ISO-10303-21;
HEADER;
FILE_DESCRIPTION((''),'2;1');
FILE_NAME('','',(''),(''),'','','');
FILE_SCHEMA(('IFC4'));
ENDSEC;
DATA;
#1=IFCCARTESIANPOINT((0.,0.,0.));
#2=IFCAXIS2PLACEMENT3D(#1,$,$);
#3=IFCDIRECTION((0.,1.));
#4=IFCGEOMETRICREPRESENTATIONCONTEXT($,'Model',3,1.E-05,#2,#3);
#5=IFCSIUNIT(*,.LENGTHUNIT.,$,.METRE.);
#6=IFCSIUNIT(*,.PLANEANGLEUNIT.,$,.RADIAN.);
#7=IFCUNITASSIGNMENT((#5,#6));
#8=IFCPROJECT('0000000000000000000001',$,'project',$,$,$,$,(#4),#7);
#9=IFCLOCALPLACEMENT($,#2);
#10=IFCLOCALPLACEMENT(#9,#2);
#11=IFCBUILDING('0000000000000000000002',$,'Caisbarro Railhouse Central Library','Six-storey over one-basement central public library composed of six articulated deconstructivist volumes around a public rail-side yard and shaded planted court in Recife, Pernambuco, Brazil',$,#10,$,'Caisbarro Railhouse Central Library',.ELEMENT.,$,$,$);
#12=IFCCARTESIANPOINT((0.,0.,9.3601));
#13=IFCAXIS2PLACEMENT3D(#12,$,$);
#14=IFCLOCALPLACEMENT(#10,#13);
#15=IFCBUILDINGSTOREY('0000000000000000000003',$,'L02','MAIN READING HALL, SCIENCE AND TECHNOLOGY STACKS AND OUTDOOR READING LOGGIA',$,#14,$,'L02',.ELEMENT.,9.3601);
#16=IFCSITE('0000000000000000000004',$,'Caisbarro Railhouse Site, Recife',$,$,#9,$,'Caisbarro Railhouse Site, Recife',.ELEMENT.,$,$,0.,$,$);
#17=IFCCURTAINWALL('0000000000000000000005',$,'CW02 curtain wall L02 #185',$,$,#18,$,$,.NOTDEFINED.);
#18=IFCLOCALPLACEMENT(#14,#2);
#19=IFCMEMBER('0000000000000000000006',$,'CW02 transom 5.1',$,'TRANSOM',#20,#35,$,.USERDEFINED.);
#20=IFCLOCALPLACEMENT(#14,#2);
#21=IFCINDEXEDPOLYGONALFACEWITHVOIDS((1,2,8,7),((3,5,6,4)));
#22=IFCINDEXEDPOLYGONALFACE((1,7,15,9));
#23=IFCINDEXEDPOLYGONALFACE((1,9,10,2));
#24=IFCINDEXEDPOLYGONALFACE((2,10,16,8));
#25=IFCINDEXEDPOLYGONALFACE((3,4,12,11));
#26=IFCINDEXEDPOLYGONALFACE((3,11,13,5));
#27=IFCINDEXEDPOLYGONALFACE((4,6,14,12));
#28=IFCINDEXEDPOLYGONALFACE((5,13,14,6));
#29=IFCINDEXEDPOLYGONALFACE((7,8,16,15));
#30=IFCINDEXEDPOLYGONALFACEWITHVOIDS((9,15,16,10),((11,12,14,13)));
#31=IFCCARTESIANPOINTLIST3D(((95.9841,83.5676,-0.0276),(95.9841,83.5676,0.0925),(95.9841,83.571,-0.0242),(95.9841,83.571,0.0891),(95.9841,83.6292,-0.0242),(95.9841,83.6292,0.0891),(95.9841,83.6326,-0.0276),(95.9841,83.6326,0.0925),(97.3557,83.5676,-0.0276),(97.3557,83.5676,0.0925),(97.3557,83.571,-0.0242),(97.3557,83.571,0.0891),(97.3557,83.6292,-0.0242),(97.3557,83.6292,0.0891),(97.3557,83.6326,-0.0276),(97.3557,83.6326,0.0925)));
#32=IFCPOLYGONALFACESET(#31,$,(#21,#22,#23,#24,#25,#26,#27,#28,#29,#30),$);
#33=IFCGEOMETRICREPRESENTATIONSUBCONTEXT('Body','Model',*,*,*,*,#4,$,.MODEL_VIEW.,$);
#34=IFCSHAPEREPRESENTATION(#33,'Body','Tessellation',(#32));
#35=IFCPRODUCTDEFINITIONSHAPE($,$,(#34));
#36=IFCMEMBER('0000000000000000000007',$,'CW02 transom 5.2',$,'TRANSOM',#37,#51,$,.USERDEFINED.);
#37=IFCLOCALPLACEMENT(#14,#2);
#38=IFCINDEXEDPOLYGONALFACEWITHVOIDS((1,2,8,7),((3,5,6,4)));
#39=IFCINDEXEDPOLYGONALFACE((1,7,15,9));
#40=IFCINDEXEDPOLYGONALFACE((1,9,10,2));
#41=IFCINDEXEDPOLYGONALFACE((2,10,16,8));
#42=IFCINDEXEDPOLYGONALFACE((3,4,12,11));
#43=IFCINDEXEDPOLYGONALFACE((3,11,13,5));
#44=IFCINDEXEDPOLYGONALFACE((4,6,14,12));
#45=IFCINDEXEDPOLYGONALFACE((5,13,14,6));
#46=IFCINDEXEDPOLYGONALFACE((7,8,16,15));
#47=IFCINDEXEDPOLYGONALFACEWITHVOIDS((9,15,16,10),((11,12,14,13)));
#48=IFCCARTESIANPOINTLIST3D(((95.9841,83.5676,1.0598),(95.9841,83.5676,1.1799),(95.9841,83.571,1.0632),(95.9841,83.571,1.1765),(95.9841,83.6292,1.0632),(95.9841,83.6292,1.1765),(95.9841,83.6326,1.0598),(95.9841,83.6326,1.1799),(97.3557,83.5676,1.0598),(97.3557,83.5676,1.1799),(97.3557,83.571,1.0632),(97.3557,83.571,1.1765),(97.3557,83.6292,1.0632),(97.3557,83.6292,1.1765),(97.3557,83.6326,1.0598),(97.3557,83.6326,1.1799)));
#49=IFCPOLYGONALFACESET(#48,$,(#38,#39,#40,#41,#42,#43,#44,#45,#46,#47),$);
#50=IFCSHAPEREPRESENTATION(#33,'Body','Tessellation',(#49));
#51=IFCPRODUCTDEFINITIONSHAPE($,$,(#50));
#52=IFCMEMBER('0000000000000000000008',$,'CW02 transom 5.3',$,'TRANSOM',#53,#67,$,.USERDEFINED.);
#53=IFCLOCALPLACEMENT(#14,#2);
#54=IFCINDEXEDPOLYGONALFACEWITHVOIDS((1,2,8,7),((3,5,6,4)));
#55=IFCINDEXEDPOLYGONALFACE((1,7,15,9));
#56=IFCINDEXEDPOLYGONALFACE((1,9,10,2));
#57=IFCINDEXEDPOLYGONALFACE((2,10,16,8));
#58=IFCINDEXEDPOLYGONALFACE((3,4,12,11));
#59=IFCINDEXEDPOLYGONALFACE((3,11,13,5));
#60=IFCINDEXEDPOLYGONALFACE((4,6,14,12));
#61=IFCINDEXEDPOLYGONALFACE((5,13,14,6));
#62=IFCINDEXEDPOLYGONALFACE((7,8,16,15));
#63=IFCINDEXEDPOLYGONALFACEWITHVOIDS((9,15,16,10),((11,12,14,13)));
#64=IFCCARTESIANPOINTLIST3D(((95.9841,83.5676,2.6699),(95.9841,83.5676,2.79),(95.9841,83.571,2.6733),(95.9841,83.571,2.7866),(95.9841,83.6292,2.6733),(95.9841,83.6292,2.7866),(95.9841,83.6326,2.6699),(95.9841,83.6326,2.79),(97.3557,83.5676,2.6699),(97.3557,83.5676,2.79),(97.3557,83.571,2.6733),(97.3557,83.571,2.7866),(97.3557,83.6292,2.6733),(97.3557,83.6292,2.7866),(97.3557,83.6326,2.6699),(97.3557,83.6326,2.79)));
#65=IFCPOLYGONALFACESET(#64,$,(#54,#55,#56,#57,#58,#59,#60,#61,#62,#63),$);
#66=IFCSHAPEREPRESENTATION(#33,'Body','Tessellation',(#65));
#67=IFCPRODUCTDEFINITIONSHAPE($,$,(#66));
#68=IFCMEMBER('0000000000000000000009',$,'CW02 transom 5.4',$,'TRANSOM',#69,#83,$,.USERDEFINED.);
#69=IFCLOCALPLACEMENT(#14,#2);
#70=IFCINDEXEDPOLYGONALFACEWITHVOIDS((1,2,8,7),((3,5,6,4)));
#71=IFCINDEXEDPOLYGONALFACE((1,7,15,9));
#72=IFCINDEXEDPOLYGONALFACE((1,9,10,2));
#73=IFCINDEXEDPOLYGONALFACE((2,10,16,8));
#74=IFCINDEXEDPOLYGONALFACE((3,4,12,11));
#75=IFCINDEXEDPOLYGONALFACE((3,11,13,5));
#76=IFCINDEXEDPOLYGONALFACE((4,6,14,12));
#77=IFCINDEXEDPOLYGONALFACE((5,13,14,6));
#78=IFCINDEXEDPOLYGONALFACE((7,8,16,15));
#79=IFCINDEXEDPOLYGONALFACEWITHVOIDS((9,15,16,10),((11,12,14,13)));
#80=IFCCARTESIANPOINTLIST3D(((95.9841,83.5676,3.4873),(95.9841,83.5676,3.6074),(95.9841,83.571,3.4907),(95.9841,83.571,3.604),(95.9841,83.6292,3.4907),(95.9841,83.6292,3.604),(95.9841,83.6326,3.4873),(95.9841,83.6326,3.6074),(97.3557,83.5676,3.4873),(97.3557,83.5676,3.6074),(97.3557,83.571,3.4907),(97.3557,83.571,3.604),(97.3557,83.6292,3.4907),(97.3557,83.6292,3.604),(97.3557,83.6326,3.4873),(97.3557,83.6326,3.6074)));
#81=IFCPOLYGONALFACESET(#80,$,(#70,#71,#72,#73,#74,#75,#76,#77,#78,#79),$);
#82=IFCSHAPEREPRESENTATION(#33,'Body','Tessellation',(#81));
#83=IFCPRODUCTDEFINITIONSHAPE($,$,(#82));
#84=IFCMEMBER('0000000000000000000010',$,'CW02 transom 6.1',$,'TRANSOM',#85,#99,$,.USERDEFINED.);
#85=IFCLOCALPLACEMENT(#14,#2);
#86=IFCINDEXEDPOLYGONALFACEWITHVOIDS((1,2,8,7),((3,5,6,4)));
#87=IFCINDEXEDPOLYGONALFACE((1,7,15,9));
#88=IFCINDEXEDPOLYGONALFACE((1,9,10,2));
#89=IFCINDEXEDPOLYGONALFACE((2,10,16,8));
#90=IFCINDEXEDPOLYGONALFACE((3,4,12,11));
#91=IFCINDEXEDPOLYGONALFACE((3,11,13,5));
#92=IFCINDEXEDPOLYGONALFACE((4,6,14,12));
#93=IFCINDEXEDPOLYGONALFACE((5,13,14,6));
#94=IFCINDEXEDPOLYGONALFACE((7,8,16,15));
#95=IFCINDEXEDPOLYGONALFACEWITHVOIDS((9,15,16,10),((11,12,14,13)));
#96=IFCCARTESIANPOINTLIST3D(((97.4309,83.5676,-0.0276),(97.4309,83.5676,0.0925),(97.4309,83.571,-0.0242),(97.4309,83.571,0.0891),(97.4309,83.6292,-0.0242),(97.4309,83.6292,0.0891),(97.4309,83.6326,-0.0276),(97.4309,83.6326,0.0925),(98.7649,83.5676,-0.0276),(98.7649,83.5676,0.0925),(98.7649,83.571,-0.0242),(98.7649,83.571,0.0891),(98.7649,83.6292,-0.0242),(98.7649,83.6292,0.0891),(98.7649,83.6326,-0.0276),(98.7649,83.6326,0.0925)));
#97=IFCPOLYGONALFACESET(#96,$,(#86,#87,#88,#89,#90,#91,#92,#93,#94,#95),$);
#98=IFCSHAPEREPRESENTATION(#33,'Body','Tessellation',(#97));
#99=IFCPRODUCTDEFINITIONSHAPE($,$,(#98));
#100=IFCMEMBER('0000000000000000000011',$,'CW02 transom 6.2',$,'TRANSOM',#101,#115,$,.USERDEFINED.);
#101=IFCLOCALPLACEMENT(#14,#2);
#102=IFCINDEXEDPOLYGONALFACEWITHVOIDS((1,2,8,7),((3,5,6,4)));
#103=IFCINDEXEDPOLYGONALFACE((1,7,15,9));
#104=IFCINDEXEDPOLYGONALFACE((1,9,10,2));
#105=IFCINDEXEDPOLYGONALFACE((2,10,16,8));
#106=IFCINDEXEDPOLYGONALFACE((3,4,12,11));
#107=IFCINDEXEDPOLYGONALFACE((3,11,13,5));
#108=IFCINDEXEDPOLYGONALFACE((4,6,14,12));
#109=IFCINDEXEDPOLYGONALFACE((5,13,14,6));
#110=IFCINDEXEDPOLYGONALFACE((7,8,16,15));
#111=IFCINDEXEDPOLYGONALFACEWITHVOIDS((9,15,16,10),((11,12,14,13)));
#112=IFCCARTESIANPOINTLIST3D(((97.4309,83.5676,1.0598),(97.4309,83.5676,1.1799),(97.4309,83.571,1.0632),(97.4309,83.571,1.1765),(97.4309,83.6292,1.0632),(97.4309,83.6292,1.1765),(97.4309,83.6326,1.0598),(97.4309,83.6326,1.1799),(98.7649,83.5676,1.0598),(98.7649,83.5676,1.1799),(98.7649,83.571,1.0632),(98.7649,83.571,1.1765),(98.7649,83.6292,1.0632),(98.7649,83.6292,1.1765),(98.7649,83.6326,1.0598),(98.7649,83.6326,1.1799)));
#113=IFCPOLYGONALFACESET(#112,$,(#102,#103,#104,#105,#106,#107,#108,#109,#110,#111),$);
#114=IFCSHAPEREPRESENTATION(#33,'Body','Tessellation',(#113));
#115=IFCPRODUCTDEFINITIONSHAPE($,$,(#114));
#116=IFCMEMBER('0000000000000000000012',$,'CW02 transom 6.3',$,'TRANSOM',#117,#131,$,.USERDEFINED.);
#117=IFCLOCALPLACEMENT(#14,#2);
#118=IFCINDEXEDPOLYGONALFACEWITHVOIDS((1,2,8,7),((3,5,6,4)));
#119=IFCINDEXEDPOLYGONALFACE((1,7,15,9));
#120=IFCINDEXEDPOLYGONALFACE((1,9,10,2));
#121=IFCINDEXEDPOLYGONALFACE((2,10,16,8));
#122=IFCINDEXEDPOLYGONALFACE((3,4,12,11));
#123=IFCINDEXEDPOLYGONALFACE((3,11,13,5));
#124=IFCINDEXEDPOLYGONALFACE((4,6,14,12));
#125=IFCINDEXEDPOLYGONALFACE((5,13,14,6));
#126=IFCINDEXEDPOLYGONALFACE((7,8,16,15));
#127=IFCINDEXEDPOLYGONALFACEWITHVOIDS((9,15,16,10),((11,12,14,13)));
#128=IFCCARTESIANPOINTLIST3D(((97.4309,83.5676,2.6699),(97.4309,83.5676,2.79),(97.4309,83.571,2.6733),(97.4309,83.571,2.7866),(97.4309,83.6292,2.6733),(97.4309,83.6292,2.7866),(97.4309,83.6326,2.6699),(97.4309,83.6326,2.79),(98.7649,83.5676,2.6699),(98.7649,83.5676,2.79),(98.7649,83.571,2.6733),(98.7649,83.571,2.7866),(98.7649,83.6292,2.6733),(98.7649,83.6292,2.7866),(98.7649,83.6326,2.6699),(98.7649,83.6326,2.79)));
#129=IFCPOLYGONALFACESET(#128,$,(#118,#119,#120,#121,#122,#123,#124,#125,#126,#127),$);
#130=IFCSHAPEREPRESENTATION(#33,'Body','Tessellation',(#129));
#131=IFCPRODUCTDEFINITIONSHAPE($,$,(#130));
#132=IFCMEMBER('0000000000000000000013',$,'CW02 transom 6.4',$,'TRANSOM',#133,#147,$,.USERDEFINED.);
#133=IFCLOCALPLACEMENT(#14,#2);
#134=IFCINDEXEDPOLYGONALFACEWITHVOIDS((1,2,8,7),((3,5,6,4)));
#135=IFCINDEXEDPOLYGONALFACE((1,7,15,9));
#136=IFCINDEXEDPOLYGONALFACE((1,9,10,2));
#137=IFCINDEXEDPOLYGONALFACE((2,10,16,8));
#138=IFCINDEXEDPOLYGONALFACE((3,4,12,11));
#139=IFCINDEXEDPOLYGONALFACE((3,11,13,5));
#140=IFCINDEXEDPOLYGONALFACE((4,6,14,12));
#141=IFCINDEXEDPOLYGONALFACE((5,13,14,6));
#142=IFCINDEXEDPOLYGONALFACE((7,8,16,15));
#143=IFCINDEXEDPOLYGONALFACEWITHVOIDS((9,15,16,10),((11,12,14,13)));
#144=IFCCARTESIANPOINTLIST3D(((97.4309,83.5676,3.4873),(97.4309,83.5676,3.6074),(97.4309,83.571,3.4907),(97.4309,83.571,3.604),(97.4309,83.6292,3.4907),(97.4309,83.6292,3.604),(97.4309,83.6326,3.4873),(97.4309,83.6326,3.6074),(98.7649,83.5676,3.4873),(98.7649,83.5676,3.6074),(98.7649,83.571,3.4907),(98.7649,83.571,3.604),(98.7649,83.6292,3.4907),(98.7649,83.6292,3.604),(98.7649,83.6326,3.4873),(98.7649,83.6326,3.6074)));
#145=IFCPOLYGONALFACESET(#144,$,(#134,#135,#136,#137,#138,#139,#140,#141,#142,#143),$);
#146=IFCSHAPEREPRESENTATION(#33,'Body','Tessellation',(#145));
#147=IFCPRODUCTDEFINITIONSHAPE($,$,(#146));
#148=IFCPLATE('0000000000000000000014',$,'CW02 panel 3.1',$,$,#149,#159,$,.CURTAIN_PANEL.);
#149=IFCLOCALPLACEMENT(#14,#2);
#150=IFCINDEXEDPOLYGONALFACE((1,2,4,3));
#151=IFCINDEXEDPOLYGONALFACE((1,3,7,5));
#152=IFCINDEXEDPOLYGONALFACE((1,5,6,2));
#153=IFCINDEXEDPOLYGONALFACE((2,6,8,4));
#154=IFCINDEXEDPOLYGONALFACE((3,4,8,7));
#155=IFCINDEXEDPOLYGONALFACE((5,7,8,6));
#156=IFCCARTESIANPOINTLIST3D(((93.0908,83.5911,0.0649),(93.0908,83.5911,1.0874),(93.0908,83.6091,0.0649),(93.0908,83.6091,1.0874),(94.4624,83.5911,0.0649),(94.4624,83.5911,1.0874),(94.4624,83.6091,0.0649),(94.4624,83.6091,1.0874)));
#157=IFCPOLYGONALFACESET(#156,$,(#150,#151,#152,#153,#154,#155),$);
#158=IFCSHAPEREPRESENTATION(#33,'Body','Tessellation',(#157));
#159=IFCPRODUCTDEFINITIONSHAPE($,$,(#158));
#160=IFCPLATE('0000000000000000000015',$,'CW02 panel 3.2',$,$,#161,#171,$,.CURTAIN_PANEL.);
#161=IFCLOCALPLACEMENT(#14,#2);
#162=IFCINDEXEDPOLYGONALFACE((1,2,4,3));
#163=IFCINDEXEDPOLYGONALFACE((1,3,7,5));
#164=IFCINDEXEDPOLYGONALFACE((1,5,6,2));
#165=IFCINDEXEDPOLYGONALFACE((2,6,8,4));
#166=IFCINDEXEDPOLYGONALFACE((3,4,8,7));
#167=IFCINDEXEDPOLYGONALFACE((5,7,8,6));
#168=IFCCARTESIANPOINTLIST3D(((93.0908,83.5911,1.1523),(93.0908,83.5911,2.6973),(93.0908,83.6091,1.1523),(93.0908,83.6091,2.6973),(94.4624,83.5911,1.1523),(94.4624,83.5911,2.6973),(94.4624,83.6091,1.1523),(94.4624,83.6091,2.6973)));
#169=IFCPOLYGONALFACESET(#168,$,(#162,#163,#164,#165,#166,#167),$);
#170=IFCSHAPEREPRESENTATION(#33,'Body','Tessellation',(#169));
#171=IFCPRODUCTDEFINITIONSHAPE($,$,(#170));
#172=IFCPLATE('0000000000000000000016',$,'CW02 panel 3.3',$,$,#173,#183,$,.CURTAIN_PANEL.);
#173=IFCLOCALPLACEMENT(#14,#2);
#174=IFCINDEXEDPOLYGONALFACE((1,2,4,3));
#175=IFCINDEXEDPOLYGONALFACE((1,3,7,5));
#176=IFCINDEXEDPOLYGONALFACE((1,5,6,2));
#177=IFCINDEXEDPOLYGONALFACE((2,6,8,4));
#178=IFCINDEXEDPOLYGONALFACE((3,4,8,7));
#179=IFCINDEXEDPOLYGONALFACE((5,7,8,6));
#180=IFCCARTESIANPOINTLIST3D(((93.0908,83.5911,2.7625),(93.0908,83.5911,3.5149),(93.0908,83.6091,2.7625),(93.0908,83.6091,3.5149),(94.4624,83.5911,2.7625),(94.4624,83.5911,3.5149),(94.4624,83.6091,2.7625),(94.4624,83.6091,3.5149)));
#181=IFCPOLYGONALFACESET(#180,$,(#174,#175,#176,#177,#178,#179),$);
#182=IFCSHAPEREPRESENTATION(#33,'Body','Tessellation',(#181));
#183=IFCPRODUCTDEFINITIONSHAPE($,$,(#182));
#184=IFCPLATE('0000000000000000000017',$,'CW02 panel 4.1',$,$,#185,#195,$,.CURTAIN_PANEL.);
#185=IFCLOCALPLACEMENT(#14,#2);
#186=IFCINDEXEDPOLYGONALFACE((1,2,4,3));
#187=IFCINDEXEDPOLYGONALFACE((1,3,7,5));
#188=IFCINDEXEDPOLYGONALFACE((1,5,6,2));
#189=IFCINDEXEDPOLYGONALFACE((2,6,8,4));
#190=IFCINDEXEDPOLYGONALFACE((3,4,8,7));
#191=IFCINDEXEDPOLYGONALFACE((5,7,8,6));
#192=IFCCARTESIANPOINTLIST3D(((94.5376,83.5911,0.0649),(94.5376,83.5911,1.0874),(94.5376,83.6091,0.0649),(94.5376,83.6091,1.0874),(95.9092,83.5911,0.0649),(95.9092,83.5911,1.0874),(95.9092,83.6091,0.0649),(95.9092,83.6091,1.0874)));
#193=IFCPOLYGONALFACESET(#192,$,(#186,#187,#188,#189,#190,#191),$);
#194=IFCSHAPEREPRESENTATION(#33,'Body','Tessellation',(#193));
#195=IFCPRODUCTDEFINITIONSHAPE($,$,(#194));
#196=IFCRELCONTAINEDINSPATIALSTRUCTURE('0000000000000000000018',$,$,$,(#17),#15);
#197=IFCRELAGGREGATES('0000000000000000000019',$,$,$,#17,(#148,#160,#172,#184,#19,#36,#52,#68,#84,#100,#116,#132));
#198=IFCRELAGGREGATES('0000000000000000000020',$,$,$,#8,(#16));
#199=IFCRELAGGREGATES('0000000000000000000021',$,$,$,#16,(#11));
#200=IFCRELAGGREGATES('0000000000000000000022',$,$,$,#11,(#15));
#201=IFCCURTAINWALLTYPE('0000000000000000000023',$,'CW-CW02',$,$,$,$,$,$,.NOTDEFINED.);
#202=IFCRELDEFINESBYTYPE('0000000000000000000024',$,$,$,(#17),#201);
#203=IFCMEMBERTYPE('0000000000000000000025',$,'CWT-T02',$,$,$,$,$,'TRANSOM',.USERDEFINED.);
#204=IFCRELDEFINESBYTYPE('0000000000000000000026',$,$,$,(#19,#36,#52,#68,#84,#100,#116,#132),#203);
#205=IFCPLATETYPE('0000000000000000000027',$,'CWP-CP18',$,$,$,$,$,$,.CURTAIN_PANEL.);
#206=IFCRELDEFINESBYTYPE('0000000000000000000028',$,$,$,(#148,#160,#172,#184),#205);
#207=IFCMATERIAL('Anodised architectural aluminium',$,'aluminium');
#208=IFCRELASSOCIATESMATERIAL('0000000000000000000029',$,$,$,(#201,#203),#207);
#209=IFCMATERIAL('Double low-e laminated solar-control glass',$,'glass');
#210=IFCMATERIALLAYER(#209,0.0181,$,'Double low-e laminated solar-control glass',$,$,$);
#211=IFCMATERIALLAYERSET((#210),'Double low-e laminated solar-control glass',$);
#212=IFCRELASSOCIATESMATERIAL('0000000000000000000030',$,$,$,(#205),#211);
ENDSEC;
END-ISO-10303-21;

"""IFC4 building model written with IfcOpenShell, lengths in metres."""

from ifc_helpers import new_model, si_unit, direction, frame, origin, origin_2d, place, context, subcontext, project, spatial, rectangle, hollow_rectangle, extrude, material, layer, layer_set, material_profile, profile_set, type_object, element, aggregate, save


model = new_model("IFC4")

# Units and contexts
model_context = context("Model", 3, precision=1e-05, world=origin(), true_north=direction((0.0, 1.0)))
body_context = subcontext(model_context, "Body", "Model", "MODEL_VIEW")
ifc_project = project(units=[si_unit("LENGTHUNIT", "METRE"), si_unit("PLANEANGLEUNIT", "RADIAN")], contexts=[model_context])

# Site, building, storey
site_placement = place(None, origin())
site = spatial("IfcSite", under=ifc_project, at=site_placement, Name="Caisbarro Railhouse Site, Recife", LongName="Caisbarro Railhouse Site, Recife", CompositionType="ELEMENT", RefElevation=0.0)
building_placement = place(site_placement, origin())
building = spatial("IfcBuilding", under=site, at=building_placement, Name="Caisbarro Railhouse Central Library", Description="Six-storey over one-basement central public library composed of six articulated deconstructivist volumes around a public rail-side yard and shaded planted court in Recife, Pernambuco, Brazil", LongName="Caisbarro Railhouse Central Library", CompositionType="ELEMENT")
storey_placement = place(building_placement, frame((0.0, 0.0, 9.3601)))
storey = spatial("IfcBuildingStorey", under=building, at=storey_placement, Name="L02", Description="MAIN READING HALL, SCIENCE AND TECHNOLOGY STACKS AND OUTDOOR READING LOGGIA", LongName="L02", CompositionType="ELEMENT", Elevation=9.3601)

# Curtain wall, members, plates
ifc_material_1 = material(Name="Anodised architectural aluminium", Category="aluminium")
curtain_wall_type = type_object("IfcCurtainWallType", Name="CW-CW02", PredefinedType="NOTDEFINED", material=ifc_material_1)
curtain_wall_placement = place(storey_placement, origin())
curtain_wall = element("IfcCurtainWall", 1, at=curtain_wall_placement, inside=storey, type_object=curtain_wall_type, Name="CW02 curtain wall L02 #185", PredefinedType="NOTDEFINED")
ifc_material_profile_1 = material_profile(ifc_material_1, hollow_rectangle(XDim=0.0649, YDim=0.1201, WallThickness=0.0034, at=origin_2d()), Name="ALU-TRN-65X120")
ifc_profile_set_1 = profile_set([ifc_material_profile_1], Name="Anodised architectural aluminium")
member_type_1 = type_object("IfcMemberType", Name="CWT-T02", ElementType="TRANSOM", PredefinedType="USERDEFINED", material=ifc_profile_set_1)
member_1_placement = place(storey_placement, frame((95.9841, 83.6001, 0.0325), z_axis=(1.0, 0.0, 0.0), x_axis=(0.0, 1.0, 0.0)))
member_1 = element("IfcMember", 2, at=member_1_placement, type_object=member_type_1, Name="CW02 transom 5.1", ObjectType="TRANSOM", PredefinedType="USERDEFINED", context=body_context, shape_type="SweptSolid", body=[
    extrude(hollow_rectangle(XDim=0.0649, YDim=0.1201, WallThickness=0.0034, at=origin_2d()), origin(), (0.0, 0.0, 1.0), 1.3716),
])
member_2_placement = place(storey_placement, frame((95.9841, 83.6001, 1.1199), z_axis=(1.0, 0.0, 0.0), x_axis=(0.0, 1.0, 0.0)))
member_2 = element("IfcMember", 3, at=member_2_placement, type_object=member_type_1, Name="CW02 transom 5.2", ObjectType="TRANSOM", PredefinedType="USERDEFINED", context=body_context, shape_type="SweptSolid", body=[
    extrude(hollow_rectangle(XDim=0.0649, YDim=0.1201, WallThickness=0.0034, at=origin_2d()), origin(), (0.0, 0.0, 1.0), 1.3716),
])
member_3_placement = place(storey_placement, frame((95.9841, 83.6001, 2.73), z_axis=(1.0, 0.0, 0.0), x_axis=(0.0, 1.0, 0.0)))
member_3 = element("IfcMember", 4, at=member_3_placement, type_object=member_type_1, Name="CW02 transom 5.3", ObjectType="TRANSOM", PredefinedType="USERDEFINED", context=body_context, shape_type="SweptSolid", body=[
    extrude(hollow_rectangle(XDim=0.0649, YDim=0.1201, WallThickness=0.0034, at=origin_2d()), origin(), (0.0, 0.0, 1.0), 1.3716),
])
member_4_placement = place(storey_placement, frame((95.9841, 83.6001, 3.5474), z_axis=(1.0, 0.0, 0.0), x_axis=(0.0, 1.0, 0.0)))
member_4 = element("IfcMember", 5, at=member_4_placement, type_object=member_type_1, Name="CW02 transom 5.4", ObjectType="TRANSOM", PredefinedType="USERDEFINED", context=body_context, shape_type="SweptSolid", body=[
    extrude(hollow_rectangle(XDim=0.0649, YDim=0.1201, WallThickness=0.0034, at=origin_2d()), origin(), (0.0, 0.0, 1.0), 1.3716),
])
member_5_placement = place(storey_placement, frame((97.4309, 83.6001, 0.0325), z_axis=(1.0, 0.0, 0.0), x_axis=(0.0, 1.0, 0.0)))
member_5 = element("IfcMember", 6, at=member_5_placement, type_object=member_type_1, Name="CW02 transom 6.1", ObjectType="TRANSOM", PredefinedType="USERDEFINED", context=body_context, shape_type="SweptSolid", body=[
    extrude(hollow_rectangle(XDim=0.0649, YDim=0.1201, WallThickness=0.0034, at=origin_2d()), origin(), (0.0, 0.0, 1.0), 1.334),
])
member_6_placement = place(storey_placement, frame((97.4309, 83.6001, 1.1199), z_axis=(1.0, 0.0, 0.0), x_axis=(0.0, 1.0, 0.0)))
member_6 = element("IfcMember", 7, at=member_6_placement, type_object=member_type_1, Name="CW02 transom 6.2", ObjectType="TRANSOM", PredefinedType="USERDEFINED", context=body_context, shape_type="SweptSolid", body=[
    extrude(hollow_rectangle(XDim=0.0649, YDim=0.1201, WallThickness=0.0034, at=origin_2d()), origin(), (0.0, 0.0, 1.0), 1.334),
])
member_7_placement = place(storey_placement, frame((97.4309, 83.6001, 2.73), z_axis=(1.0, 0.0, 0.0), x_axis=(0.0, 1.0, 0.0)))
member_7 = element("IfcMember", 8, at=member_7_placement, type_object=member_type_1, Name="CW02 transom 6.3", ObjectType="TRANSOM", PredefinedType="USERDEFINED", context=body_context, shape_type="SweptSolid", body=[
    extrude(hollow_rectangle(XDim=0.0649, YDim=0.1201, WallThickness=0.0034, at=origin_2d()), origin(), (0.0, 0.0, 1.0), 1.334),
])
member_8_placement = place(storey_placement, frame((97.4309, 83.6001, 3.5474), z_axis=(1.0, 0.0, 0.0), x_axis=(0.0, 1.0, 0.0)))
member_8 = element("IfcMember", 9, at=member_8_placement, type_object=member_type_1, Name="CW02 transom 6.4", ObjectType="TRANSOM", PredefinedType="USERDEFINED", context=body_context, shape_type="SweptSolid", body=[
    extrude(hollow_rectangle(XDim=0.0649, YDim=0.1201, WallThickness=0.0034, at=origin_2d()), origin(), (0.0, 0.0, 1.0), 1.334),
])
ifc_material_2 = material(Name="Double low-e laminated solar-control glass", Category="glass")
ifc_layer = layer(ifc_material_2, 0.0181, Name="Double low-e laminated solar-control glass")
ifc_layer_set = layer_set([ifc_layer], Name="Double low-e laminated solar-control glass")
plate_type = type_object("IfcPlateType", Name="CWP-CP18", PredefinedType="CURTAIN_PANEL", material=ifc_layer_set)
plate_1_placement = place(storey_placement, frame((93.7766, 83.6001, 0.0649), z_axis=(0.0, 0.0, 1.0), x_axis=(1.0, 0.0, 0.0)))
plate_1 = element("IfcPlate", 10, at=plate_1_placement, type_object=plate_type, Name="CW02 panel 3.1", PredefinedType="CURTAIN_PANEL", context=body_context, shape_type="SweptSolid", body=[
    extrude(rectangle(XDim=1.3716, YDim=0.0181, at=origin_2d()), origin(), (0.0, 0.0, 1.0), 1.0225),
])
plate_2_placement = place(storey_placement, frame((93.7766, 83.6001, 1.1523), z_axis=(0.0, 0.0, 1.0), x_axis=(1.0, 0.0, 0.0)))
plate_2 = element("IfcPlate", 11, at=plate_2_placement, type_object=plate_type, Name="CW02 panel 3.2", PredefinedType="CURTAIN_PANEL", context=body_context, shape_type="SweptSolid", body=[
    extrude(rectangle(XDim=1.3716, YDim=0.0181, at=origin_2d()), origin(), (0.0, 0.0, 1.0), 1.5449),
])
plate_3_placement = place(storey_placement, frame((93.7766, 83.6001, 2.7625), z_axis=(0.0, 0.0, 1.0), x_axis=(1.0, 0.0, 0.0)))
plate_3 = element("IfcPlate", 12, at=plate_3_placement, type_object=plate_type, Name="CW02 panel 3.3", PredefinedType="CURTAIN_PANEL", context=body_context, shape_type="SweptSolid", body=[
    extrude(rectangle(XDim=1.3716, YDim=0.0181, at=origin_2d()), origin(), (0.0, 0.0, 1.0), 0.7524),
])
plate_4_placement = place(storey_placement, frame((95.2234, 83.6001, 0.0649), z_axis=(0.0, 0.0, 1.0), x_axis=(1.0, 0.0, 0.0)))
plate_4 = element("IfcPlate", 13, at=plate_4_placement, type_object=plate_type, Name="CW02 panel 4.1", PredefinedType="CURTAIN_PANEL", context=body_context, shape_type="SweptSolid", body=[
    extrude(rectangle(XDim=1.3716, YDim=0.0181, at=origin_2d()), origin(), (0.0, 0.0, 1.0), 1.0225),
])
aggregate(curtain_wall, [plate_1, plate_2, plate_3, plate_4, member_1, member_2, member_3, member_4, member_5, member_6, member_7, member_8])

save(model, "model.ifc")
